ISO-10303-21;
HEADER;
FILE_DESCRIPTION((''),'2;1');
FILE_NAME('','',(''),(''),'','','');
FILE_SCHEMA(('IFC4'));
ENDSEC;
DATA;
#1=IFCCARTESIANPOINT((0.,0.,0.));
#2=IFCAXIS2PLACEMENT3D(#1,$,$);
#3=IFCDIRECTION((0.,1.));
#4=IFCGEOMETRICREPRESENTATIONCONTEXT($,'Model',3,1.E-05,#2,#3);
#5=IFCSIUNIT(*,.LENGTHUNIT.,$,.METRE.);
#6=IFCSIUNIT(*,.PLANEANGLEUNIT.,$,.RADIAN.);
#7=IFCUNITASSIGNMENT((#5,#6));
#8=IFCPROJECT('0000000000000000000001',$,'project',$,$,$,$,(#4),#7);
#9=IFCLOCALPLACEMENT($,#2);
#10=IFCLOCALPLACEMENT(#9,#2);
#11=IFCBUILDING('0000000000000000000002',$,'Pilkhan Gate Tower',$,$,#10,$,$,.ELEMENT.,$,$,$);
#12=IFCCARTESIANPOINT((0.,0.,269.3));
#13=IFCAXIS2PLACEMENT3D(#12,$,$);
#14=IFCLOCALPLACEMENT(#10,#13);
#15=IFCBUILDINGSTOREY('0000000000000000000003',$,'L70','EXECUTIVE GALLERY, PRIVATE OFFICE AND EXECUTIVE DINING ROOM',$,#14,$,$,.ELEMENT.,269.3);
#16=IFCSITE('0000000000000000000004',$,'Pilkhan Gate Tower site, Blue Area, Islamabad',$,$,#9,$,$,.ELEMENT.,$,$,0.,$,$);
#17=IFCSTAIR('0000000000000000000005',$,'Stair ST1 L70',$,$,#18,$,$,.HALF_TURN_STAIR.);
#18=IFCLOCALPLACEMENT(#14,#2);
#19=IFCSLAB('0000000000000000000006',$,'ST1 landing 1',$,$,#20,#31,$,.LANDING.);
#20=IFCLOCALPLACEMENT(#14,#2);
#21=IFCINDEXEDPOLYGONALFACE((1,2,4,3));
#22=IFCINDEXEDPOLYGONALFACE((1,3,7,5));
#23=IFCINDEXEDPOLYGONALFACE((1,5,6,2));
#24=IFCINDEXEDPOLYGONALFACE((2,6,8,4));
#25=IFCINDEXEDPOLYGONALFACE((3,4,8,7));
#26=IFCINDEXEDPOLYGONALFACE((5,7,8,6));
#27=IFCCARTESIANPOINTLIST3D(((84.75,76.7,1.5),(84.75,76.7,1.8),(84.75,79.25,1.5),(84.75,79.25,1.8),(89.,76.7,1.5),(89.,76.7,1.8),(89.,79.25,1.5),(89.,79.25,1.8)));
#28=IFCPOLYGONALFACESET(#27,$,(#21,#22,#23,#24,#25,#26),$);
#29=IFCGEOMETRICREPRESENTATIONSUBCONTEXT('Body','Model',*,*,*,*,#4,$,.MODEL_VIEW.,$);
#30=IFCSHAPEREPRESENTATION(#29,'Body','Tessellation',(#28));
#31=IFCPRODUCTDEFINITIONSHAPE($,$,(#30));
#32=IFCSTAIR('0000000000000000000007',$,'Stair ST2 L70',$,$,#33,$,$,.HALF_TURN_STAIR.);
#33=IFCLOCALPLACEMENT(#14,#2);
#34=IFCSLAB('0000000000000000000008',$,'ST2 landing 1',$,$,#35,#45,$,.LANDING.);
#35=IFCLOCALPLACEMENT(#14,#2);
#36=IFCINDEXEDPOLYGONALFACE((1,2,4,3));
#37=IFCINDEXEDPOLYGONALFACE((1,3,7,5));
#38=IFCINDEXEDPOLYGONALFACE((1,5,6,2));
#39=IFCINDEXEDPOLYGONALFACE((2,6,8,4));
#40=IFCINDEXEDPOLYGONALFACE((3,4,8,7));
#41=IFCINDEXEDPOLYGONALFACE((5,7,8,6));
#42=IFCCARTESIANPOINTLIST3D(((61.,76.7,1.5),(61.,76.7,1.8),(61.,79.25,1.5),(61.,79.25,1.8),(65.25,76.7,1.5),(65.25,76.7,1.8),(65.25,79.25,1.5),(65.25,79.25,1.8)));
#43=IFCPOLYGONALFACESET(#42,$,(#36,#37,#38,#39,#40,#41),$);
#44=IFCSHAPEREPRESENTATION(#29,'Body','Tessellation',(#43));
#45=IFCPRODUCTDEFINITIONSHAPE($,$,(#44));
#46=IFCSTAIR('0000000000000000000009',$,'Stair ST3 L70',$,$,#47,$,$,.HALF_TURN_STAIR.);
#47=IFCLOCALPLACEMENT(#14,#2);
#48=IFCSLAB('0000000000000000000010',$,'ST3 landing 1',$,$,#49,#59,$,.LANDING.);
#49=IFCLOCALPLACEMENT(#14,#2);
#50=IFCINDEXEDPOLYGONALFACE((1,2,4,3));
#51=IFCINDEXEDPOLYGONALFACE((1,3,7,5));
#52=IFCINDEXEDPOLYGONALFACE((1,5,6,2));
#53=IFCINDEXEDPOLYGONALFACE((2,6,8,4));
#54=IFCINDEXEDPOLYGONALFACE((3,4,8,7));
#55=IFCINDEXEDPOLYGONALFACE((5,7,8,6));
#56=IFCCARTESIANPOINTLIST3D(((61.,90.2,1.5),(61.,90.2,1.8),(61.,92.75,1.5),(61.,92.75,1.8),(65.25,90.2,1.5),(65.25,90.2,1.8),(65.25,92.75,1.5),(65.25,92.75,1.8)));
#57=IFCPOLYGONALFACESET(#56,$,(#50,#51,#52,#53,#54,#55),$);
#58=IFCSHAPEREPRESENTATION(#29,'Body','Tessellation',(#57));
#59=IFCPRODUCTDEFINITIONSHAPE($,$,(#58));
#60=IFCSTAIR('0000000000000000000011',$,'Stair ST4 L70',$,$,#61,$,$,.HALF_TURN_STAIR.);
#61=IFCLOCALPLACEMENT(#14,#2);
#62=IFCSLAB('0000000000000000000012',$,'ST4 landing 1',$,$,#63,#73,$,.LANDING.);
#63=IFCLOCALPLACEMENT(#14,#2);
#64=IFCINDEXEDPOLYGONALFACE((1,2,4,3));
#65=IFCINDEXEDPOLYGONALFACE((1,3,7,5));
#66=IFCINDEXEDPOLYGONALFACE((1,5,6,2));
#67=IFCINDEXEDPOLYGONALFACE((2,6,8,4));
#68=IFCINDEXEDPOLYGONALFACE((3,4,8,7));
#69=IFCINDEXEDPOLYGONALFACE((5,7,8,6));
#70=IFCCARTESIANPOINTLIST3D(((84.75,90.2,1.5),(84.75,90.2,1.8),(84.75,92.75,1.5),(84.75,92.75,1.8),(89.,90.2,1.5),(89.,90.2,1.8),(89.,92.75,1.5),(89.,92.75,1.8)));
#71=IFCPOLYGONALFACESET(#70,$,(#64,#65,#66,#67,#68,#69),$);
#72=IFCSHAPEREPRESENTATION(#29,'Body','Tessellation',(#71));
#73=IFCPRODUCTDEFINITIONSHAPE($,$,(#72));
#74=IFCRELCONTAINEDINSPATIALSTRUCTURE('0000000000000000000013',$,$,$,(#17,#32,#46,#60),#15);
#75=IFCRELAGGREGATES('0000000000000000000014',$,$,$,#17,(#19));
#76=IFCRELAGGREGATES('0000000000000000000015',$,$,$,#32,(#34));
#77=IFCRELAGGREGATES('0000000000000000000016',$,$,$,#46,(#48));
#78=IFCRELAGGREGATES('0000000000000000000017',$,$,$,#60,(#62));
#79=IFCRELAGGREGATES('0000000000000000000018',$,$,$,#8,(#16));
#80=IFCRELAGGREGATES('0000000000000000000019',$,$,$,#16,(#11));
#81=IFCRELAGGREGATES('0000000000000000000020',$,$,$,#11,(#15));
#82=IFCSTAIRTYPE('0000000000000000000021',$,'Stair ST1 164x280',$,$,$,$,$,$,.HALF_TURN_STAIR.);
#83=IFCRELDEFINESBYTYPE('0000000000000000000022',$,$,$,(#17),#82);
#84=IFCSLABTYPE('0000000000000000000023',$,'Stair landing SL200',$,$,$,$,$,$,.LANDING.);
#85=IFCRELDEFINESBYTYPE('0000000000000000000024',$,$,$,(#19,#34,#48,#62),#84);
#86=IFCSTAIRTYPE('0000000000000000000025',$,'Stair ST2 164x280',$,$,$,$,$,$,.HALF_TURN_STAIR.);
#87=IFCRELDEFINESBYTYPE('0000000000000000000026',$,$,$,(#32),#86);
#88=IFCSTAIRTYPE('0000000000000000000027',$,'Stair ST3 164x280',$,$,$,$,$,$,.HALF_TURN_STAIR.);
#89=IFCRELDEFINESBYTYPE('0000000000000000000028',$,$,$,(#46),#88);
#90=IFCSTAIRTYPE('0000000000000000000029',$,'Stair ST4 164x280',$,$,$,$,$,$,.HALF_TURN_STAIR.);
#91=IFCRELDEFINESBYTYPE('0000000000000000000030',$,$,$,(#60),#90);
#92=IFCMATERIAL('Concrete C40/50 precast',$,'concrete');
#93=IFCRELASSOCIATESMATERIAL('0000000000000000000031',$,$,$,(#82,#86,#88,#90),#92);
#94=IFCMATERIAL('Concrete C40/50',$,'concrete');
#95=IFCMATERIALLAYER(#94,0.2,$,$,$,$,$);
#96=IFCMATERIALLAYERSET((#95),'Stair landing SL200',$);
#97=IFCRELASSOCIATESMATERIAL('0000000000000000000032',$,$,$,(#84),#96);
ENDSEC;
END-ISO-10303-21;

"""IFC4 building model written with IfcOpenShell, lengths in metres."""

from ifc_helpers import new_model, si_unit, direction, frame, origin, place, context, subcontext, project, spatial, polyline, outline, extrude, material, layer, layer_set, type_object, element, aggregate, save


model = new_model("IFC4")

# Units and contexts
model_context = context("Model", 3, precision=1e-05, world=origin(), true_north=direction((0.0, 1.0)))
body_context = subcontext(model_context, "Body", "Model", "MODEL_VIEW")
ifc_project = project(units=[si_unit("LENGTHUNIT", "METRE"), si_unit("PLANEANGLEUNIT", "RADIAN")], contexts=[model_context])

# Site, building, storey
site_placement = place(None, origin())
site = spatial("IfcSite", under=ifc_project, at=site_placement, Name="Pilkhan Gate Tower site, Blue Area, Islamabad", CompositionType="ELEMENT", RefElevation=0.0)
building_placement = place(site_placement, origin())
building = spatial("IfcBuilding", under=site, at=building_placement, Name="Pilkhan Gate Tower", CompositionType="ELEMENT")
storey_placement = place(building_placement, frame((0.0, 0.0, 269.3)))
storey = spatial("IfcBuildingStorey", under=building, at=storey_placement, Name="L70", Description="EXECUTIVE GALLERY, PRIVATE OFFICE AND EXECUTIVE DINING ROOM", CompositionType="ELEMENT", Elevation=269.3)

# Shared definitions
ifc_material_1 = material(Name="Concrete C40/50", Category="concrete")

# Stairs, slabs
ifc_material_2 = material(Name="Concrete C40/50 precast", Category="concrete")
stair_type_1 = type_object("IfcStairType", Name="Stair ST1 164x280", PredefinedType="HALF_TURN_STAIR", material=ifc_material_2)
stair_1_placement = place(storey_placement, origin())
stair_1 = element("IfcStair", 1, at=stair_1_placement, inside=storey, type_object=stair_type_1, Name="Stair ST1 L70", PredefinedType="HALF_TURN_STAIR")
ifc_layer_1 = layer(ifc_material_1, 0.2)
ifc_layer_set_1 = layer_set([ifc_layer_1], Name="Stair landing SL200")
slab_type_1 = type_object("IfcSlabType", Name="Stair landing SL200", PredefinedType="LANDING", material=ifc_layer_set_1)
slab_1_placement = place(storey_placement, frame((0.0, 0.0, 1.5)))
slab_1 = element("IfcSlab", 2, at=slab_1_placement, type_object=slab_type_1, Name="ST1 landing 1", PredefinedType="LANDING", context=body_context, shape_type="SweptSolid", body=[
    extrude(outline(polyline([(89.0, 76.7), (89.0, 79.25), (84.75, 79.25), (84.75, 76.7), (89.0, 76.7)])), origin(), (0.0, 0.0, 1.0), 0.3),
])
aggregate(stair_1, [slab_1])
stair_type_2 = type_object("IfcStairType", Name="Stair ST2 164x280", PredefinedType="HALF_TURN_STAIR", material=ifc_material_2)
stair_2_placement = place(storey_placement, origin())
stair_2 = element("IfcStair", 3, at=stair_2_placement, inside=storey, type_object=stair_type_2, Name="Stair ST2 L70", PredefinedType="HALF_TURN_STAIR")
slab_2_placement = place(storey_placement, frame((0.0, 0.0, 1.5)))
slab_2 = element("IfcSlab", 4, at=slab_2_placement, type_object=slab_type_1, Name="ST2 landing 1", PredefinedType="LANDING", context=body_context, shape_type="SweptSolid", body=[
    extrude(outline(polyline([(65.25, 76.7), (65.25, 79.25), (61.0, 79.25), (61.0, 76.7), (65.25, 76.7)])), origin(), (0.0, 0.0, 1.0), 0.3),
])
aggregate(stair_2, [slab_2])
stair_type_3 = type_object("IfcStairType", Name="Stair ST3 164x280", PredefinedType="HALF_TURN_STAIR", material=ifc_material_2)
stair_3_placement = place(storey_placement, origin())
stair_3 = element("IfcStair", 5, at=stair_3_placement, inside=storey, type_object=stair_type_3, Name="Stair ST3 L70", PredefinedType="HALF_TURN_STAIR")
slab_3_placement = place(storey_placement, frame((0.0, 0.0, 1.5)))
slab_3 = element("IfcSlab", 6, at=slab_3_placement, type_object=slab_type_1, Name="ST3 landing 1", PredefinedType="LANDING", context=body_context, shape_type="SweptSolid", body=[
    extrude(outline(polyline([(65.25, 90.2), (65.25, 92.75), (61.0, 92.75), (61.0, 90.2), (65.25, 90.2)])), origin(), (0.0, 0.0, 1.0), 0.3),
])
aggregate(stair_3, [slab_3])
stair_type_4 = type_object("IfcStairType", Name="Stair ST4 164x280", PredefinedType="HALF_TURN_STAIR", material=ifc_material_2)
stair_4_placement = place(storey_placement, origin())
stair_4 = element("IfcStair", 7, at=stair_4_placement, inside=storey, type_object=stair_type_4, Name="Stair ST4 L70", PredefinedType="HALF_TURN_STAIR")
slab_4_placement = place(storey_placement, frame((0.0, 0.0, 1.5)))
slab_4 = element("IfcSlab", 8, at=slab_4_placement, type_object=slab_type_1, Name="ST4 landing 1", PredefinedType="LANDING", context=body_context, shape_type="SweptSolid", body=[
    extrude(outline(polyline([(89.0, 90.2), (89.0, 92.75), (84.75, 92.75), (84.75, 90.2), (89.0, 90.2)])), origin(), (0.0, 0.0, 1.0), 0.3),
])
aggregate(stair_4, [slab_4])

save(model, "model.ifc")
